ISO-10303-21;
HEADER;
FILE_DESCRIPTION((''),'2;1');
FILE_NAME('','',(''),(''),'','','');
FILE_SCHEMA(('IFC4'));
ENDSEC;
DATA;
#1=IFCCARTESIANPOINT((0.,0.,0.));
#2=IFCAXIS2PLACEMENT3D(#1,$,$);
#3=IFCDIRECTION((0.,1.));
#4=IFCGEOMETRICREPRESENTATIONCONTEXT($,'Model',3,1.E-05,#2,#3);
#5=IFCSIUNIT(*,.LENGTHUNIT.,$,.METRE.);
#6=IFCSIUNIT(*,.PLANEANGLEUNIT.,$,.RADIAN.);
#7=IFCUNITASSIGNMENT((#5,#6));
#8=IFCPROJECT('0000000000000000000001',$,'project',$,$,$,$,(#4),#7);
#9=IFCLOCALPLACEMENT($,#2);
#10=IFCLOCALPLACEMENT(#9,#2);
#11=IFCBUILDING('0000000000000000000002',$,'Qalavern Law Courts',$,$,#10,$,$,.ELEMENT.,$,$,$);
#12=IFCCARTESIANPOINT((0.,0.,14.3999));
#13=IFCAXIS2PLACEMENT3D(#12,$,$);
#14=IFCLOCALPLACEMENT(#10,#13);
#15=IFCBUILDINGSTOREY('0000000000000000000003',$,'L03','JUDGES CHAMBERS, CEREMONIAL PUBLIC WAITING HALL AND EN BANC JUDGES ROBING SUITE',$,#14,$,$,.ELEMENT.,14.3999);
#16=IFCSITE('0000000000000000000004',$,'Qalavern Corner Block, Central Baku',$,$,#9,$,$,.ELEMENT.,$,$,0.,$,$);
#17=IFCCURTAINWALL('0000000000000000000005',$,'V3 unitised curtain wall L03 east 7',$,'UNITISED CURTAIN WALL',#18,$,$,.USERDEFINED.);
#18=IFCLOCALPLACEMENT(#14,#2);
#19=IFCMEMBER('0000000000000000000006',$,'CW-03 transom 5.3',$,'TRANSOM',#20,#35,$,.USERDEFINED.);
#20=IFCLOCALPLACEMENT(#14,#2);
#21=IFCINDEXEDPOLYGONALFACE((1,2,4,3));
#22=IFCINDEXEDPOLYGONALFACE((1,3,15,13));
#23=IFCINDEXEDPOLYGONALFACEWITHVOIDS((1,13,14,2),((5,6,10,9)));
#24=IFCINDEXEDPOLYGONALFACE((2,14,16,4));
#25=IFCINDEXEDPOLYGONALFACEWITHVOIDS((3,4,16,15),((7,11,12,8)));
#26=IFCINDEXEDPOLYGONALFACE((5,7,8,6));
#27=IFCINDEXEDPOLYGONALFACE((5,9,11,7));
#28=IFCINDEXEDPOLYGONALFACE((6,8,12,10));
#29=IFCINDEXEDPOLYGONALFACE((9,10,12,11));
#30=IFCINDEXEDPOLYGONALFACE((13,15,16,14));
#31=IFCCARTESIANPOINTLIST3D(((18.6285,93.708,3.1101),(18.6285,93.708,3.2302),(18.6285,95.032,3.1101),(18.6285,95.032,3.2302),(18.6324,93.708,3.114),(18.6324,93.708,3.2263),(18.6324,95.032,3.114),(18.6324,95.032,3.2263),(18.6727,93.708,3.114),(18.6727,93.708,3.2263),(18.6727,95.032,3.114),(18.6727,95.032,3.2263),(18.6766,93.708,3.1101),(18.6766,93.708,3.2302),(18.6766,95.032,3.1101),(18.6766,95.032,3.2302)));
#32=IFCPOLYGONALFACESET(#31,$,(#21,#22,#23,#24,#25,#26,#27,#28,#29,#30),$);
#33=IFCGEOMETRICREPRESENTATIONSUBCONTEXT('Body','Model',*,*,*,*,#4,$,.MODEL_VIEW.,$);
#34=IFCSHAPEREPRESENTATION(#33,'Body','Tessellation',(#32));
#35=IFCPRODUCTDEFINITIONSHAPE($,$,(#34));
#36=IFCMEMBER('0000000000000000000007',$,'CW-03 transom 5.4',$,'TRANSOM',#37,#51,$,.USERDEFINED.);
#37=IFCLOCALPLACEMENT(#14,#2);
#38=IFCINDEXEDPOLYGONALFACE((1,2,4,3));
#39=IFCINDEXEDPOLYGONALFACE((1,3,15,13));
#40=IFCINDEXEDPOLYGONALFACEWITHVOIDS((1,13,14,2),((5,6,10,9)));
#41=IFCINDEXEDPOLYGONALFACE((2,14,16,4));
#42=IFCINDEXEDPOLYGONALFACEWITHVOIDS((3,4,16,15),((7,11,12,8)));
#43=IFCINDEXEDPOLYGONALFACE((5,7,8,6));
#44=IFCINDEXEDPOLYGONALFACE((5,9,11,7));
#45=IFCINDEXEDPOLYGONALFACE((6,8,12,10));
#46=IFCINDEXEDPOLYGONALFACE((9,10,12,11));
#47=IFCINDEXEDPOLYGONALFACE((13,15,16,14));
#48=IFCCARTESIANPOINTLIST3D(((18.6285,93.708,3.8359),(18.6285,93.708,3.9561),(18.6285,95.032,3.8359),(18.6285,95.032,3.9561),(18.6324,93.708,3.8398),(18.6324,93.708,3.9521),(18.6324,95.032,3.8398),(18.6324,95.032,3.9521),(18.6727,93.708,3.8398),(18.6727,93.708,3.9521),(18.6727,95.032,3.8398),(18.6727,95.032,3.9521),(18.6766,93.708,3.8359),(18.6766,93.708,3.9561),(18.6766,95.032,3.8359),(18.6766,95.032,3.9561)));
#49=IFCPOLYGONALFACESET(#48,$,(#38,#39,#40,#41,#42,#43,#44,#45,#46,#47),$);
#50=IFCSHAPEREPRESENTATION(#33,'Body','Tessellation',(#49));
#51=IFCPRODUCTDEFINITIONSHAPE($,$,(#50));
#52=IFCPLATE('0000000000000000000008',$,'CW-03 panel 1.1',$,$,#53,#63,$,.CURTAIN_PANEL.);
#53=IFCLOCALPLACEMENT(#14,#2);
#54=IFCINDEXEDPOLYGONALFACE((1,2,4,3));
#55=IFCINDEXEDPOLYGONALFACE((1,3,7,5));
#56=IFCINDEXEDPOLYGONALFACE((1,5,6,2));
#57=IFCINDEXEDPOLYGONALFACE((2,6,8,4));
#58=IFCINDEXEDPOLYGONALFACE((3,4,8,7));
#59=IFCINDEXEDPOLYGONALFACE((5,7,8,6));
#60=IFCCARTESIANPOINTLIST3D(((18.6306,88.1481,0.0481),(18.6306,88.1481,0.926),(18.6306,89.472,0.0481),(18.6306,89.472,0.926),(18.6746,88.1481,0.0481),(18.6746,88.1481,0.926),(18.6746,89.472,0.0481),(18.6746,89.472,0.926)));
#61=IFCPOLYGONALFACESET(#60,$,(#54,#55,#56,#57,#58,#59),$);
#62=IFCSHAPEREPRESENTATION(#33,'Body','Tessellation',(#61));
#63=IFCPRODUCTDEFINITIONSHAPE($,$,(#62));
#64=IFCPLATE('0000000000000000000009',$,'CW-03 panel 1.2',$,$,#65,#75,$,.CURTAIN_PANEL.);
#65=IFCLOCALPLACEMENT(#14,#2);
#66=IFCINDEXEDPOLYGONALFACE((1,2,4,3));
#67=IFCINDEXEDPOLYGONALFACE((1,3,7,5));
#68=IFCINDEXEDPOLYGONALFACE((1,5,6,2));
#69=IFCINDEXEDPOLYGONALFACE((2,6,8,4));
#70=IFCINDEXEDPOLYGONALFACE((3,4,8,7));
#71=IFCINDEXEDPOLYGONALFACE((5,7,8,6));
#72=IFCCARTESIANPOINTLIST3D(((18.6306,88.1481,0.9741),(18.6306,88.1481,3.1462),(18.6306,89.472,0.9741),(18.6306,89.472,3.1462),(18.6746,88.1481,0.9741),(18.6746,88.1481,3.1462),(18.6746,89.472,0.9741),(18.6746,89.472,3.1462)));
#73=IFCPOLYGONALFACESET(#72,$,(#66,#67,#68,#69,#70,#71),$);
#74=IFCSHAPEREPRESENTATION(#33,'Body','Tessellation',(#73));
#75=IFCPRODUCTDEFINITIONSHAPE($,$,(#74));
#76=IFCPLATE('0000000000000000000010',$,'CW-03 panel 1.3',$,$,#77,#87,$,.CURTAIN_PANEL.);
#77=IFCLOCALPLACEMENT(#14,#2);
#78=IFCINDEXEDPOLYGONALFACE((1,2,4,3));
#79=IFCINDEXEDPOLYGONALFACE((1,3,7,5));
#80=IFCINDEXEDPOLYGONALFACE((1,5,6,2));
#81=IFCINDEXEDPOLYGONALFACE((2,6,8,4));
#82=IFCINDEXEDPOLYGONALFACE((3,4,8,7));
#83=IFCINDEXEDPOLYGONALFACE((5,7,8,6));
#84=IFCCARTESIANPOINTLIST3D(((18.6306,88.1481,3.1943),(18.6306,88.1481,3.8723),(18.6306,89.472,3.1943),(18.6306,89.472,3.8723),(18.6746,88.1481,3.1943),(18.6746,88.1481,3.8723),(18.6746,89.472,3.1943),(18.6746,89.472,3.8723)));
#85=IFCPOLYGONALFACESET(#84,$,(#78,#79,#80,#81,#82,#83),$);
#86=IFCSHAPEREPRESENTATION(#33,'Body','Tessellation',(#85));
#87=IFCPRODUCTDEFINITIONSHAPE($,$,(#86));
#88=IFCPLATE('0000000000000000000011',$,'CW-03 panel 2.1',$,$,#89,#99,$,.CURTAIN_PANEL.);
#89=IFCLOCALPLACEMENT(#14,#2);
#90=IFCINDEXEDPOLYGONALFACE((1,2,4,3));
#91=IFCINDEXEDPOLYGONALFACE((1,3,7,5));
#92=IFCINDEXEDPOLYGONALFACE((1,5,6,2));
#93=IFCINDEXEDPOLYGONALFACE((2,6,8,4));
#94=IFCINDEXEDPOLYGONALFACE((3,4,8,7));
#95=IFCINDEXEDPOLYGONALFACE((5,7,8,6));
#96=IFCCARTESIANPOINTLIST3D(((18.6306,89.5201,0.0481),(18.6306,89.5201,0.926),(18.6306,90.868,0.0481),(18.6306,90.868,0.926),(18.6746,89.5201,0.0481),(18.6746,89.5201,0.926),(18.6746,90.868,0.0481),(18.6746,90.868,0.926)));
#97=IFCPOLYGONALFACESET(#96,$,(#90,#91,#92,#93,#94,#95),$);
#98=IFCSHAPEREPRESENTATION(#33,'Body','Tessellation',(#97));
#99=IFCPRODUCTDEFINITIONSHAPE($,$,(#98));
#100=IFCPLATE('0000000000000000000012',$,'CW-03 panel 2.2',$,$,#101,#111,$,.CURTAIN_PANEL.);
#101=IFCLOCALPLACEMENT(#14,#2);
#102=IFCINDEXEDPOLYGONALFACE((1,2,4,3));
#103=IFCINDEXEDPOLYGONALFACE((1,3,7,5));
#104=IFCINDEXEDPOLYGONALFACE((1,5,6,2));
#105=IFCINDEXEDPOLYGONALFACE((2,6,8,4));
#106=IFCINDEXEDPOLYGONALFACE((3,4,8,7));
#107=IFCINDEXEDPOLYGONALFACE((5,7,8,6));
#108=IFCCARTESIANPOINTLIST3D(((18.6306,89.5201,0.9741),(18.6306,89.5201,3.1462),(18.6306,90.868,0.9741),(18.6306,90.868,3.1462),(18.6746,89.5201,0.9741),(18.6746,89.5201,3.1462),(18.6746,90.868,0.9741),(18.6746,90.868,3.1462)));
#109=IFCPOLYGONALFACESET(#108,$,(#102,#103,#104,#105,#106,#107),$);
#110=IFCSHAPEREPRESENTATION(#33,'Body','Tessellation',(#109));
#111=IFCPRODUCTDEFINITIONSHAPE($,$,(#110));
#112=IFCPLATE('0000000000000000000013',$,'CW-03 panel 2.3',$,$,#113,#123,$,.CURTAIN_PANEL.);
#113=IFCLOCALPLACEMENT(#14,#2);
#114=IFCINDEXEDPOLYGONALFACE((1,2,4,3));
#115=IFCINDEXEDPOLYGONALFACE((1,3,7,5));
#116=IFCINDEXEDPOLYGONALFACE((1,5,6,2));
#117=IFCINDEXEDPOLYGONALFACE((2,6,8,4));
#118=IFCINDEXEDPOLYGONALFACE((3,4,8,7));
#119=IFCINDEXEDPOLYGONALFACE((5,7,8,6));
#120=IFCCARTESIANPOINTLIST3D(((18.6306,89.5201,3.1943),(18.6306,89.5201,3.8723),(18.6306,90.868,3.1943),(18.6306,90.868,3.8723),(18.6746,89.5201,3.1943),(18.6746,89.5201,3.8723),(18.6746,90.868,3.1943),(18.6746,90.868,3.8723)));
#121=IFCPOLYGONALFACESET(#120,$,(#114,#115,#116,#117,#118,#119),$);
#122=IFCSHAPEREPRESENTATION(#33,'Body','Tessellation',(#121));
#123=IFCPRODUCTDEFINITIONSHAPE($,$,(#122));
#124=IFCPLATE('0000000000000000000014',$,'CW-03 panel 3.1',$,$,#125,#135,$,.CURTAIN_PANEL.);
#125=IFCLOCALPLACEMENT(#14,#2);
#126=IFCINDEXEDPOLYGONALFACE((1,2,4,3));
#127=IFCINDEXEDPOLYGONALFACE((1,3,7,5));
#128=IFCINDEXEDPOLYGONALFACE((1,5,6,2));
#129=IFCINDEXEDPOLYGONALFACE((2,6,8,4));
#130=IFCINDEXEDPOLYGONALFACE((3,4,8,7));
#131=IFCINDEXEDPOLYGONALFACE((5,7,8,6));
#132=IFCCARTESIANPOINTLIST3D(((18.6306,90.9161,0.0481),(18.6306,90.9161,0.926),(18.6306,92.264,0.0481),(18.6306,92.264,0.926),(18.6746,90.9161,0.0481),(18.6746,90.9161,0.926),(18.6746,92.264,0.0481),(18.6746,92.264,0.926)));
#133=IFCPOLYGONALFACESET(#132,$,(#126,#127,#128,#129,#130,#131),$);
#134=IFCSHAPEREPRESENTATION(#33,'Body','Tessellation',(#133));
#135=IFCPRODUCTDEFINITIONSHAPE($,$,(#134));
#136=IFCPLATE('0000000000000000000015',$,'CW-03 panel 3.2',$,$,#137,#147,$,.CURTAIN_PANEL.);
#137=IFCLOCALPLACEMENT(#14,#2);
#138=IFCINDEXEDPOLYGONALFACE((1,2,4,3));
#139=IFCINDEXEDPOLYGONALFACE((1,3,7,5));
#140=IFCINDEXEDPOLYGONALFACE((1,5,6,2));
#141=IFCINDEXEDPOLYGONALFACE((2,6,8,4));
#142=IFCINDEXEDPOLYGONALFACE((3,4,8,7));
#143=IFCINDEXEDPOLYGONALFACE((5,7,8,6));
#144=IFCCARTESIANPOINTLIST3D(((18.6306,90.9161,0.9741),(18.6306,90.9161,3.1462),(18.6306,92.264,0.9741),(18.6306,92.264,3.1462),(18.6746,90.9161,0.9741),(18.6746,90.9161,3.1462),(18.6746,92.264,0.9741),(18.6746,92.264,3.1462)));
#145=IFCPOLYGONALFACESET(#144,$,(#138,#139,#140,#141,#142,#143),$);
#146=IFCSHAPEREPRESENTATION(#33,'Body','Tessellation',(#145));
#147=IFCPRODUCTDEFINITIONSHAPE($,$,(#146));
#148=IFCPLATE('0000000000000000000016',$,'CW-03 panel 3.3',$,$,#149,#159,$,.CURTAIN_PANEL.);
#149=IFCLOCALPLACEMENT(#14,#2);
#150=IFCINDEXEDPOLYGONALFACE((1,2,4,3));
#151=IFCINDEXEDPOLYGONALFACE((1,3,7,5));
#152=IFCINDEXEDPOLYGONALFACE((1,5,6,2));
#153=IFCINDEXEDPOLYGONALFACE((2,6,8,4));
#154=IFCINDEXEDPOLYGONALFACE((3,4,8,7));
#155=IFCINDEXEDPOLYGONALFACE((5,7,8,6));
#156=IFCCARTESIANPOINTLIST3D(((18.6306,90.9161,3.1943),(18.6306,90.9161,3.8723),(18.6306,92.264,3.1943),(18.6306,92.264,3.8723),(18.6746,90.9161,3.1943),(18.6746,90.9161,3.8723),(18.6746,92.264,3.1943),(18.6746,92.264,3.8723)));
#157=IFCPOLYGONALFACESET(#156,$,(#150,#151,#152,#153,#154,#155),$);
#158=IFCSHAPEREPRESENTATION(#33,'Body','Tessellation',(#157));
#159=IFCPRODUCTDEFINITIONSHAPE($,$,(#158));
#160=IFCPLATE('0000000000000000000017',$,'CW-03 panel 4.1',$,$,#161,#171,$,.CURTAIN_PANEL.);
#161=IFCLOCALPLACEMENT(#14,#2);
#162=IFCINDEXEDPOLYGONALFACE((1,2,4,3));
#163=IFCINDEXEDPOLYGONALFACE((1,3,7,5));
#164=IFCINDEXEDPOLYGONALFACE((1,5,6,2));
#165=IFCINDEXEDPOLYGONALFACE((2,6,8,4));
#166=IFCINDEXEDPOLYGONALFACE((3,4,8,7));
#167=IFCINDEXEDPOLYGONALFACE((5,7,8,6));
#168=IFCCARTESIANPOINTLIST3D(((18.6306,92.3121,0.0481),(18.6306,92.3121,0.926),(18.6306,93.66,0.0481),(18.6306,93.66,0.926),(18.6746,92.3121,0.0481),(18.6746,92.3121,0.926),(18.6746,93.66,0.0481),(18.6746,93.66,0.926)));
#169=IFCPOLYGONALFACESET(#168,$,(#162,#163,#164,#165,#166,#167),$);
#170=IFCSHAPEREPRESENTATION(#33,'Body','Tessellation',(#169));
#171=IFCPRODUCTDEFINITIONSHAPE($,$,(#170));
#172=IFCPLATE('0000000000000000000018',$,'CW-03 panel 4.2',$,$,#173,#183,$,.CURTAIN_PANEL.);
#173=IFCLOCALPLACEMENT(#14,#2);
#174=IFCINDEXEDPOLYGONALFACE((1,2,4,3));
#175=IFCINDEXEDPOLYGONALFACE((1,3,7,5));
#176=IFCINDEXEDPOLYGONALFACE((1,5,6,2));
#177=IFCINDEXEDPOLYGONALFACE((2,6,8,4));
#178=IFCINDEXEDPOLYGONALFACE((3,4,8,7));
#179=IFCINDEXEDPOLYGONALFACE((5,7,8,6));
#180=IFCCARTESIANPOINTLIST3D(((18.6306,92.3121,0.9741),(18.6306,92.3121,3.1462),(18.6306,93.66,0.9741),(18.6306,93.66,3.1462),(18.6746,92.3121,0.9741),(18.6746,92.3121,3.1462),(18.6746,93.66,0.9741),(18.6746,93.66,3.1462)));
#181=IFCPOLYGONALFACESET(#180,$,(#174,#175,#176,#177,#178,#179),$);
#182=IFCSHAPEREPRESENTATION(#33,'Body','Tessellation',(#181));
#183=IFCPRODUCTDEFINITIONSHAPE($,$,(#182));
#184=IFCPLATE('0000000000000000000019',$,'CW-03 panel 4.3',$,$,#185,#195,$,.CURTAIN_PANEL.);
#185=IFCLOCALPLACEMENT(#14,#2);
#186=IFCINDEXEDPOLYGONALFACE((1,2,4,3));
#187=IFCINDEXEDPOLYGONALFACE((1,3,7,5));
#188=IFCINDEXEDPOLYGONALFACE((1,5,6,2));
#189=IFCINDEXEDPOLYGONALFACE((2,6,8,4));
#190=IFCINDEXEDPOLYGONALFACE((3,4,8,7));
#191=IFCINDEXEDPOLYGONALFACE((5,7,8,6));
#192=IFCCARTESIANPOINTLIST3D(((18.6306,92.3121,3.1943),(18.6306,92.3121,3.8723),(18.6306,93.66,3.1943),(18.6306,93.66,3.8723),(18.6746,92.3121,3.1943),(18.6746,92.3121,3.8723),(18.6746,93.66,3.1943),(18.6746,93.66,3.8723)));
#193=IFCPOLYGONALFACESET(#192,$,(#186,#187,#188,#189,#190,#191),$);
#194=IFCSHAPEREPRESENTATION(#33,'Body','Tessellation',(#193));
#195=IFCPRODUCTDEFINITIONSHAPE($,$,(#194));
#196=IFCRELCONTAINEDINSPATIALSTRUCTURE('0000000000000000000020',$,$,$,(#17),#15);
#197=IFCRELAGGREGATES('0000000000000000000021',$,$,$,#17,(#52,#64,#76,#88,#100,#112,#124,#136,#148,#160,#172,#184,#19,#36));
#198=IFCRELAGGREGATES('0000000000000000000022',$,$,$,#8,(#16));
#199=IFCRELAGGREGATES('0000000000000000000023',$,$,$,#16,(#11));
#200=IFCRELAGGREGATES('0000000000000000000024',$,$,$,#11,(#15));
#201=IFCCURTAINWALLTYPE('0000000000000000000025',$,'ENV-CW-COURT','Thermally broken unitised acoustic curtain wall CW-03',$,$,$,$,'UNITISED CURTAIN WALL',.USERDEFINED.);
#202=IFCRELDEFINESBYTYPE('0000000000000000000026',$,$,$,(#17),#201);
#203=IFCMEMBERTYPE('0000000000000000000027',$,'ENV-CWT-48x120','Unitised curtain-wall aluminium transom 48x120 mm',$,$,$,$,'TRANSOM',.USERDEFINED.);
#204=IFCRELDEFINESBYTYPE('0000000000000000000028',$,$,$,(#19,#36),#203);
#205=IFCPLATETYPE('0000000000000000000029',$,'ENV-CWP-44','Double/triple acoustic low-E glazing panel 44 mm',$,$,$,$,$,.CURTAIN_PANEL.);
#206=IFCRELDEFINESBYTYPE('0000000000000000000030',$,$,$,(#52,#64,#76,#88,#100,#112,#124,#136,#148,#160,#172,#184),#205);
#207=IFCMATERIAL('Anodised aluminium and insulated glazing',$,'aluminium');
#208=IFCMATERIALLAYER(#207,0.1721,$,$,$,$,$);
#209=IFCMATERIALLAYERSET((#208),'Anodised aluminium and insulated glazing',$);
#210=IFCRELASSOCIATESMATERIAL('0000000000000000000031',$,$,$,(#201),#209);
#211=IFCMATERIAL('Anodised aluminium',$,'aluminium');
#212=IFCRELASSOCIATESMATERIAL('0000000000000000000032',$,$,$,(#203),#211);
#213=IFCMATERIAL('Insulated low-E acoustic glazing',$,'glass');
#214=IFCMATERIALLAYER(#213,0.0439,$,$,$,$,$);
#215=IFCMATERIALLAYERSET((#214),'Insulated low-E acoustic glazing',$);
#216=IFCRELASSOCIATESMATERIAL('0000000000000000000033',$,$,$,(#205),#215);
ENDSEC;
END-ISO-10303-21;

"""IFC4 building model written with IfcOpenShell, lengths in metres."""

from ifc_helpers import new_model, si_unit, direction, frame, origin, origin_2d, place, context, subcontext, project, spatial, rectangle, hollow_rectangle, extrude, material, layer, layer_set, material_profile, profile_set, type_object, element, aggregate, save


model = new_model("IFC4")

# Units and contexts
model_context = context("Model", 3, precision=1e-05, world=origin(), true_north=direction((0.0, 1.0)))
body_context = subcontext(model_context, "Body", "Model", "MODEL_VIEW")
ifc_project = project(units=[si_unit("LENGTHUNIT", "METRE"), si_unit("PLANEANGLEUNIT", "RADIAN")], contexts=[model_context])

# Site, building, storey
site_placement = place(None, origin())
site = spatial("IfcSite", under=ifc_project, at=site_placement, Name="Qalavern Corner Block, Central Baku", CompositionType="ELEMENT", RefElevation=0.0)
building_placement = place(site_placement, origin())
building = spatial("IfcBuilding", under=site, at=building_placement, Name="Qalavern Law Courts", CompositionType="ELEMENT")
storey_placement = place(building_placement, frame((0.0, 0.0, 14.3999)))
storey = spatial("IfcBuildingStorey", under=building, at=storey_placement, Name="L03", Description="JUDGES CHAMBERS, CEREMONIAL PUBLIC WAITING HALL AND EN BANC JUDGES ROBING SUITE", CompositionType="ELEMENT", Elevation=14.3999)

# Curtain wall, members, plates
ifc_material_1 = material(Name="Anodised aluminium and insulated glazing", Category="aluminium")
ifc_layer_1 = layer(ifc_material_1, 0.1721)
ifc_layer_set_1 = layer_set([ifc_layer_1], Name="Anodised aluminium and insulated glazing")
curtain_wall_type = type_object("IfcCurtainWallType", Name="ENV-CW-COURT", Description="Thermally broken unitised acoustic curtain wall CW-03", ElementType="UNITISED CURTAIN WALL", PredefinedType="USERDEFINED", material=ifc_layer_set_1)
curtain_wall_placement = place(storey_placement, origin())
curtain_wall = element("IfcCurtainWall", 1, at=curtain_wall_placement, inside=storey, type_object=curtain_wall_type, Name="V3 unitised curtain wall L03 east 7", ObjectType="UNITISED CURTAIN WALL", PredefinedType="USERDEFINED")
ifc_material_2 = material(Name="Anodised aluminium", Category="aluminium")
ifc_material_profile_1 = material_profile(ifc_material_2, hollow_rectangle(XDim=0.0481, YDim=0.1201, WallThickness=0.0039, at=origin_2d()), Name="ALU TRANSOM 48x120")
ifc_profile_set_1 = profile_set([ifc_material_profile_1], Name="Anodised aluminium")
member_type_1 = type_object("IfcMemberType", Name="ENV-CWT-48x120", Description="Unitised curtain-wall aluminium transom 48x120 mm", ElementType="TRANSOM", PredefinedType="USERDEFINED", material=ifc_profile_set_1)
member_1_placement = place(storey_placement, frame((18.6526, 93.708, 3.1702), z_axis=(0.0, 1.0, 0.0), x_axis=(-1.0, 0.0, 0.0)))
member_1 = element("IfcMember", 2, at=member_1_placement, type_object=member_type_1, Name="CW-03 transom 5.3", ObjectType="TRANSOM", PredefinedType="USERDEFINED", context=body_context, shape_type="SweptSolid", body=[
    extrude(hollow_rectangle(XDim=0.0481, YDim=0.1201, WallThickness=0.0039, at=origin_2d()), origin(), (0.0, 0.0, 1.0), 1.324),
])
member_2_placement = place(storey_placement, frame((18.6526, 93.708, 3.896), z_axis=(0.0, 1.0, 0.0), x_axis=(-1.0, 0.0, 0.0)))
member_2 = element("IfcMember", 3, at=member_2_placement, type_object=member_type_1, Name="CW-03 transom 5.4", ObjectType="TRANSOM", PredefinedType="USERDEFINED", context=body_context, shape_type="SweptSolid", body=[
    extrude(hollow_rectangle(XDim=0.0481, YDim=0.1201, WallThickness=0.0039, at=origin_2d()), origin(), (0.0, 0.0, 1.0), 1.324),
])
ifc_material_3 = material(Name="Insulated low-E acoustic glazing", Category="glass")
ifc_layer_2 = layer(ifc_material_3, 0.0439)
ifc_layer_set_2 = layer_set([ifc_layer_2], Name="Insulated low-E acoustic glazing")
plate_type = type_object("IfcPlateType", Name="ENV-CWP-44", Description="Double/triple acoustic low-E glazing panel 44 mm", PredefinedType="CURTAIN_PANEL", material=ifc_layer_set_2)
plate_1_placement = place(storey_placement, frame((18.6526, 88.8101, 0.0481), z_axis=(0.0, 0.0, 1.0), x_axis=(0.0, 1.0, 0.0)))
plate_1 = element("IfcPlate", 4, at=plate_1_placement, type_object=plate_type, Name="CW-03 panel 1.1", PredefinedType="CURTAIN_PANEL", context=body_context, shape_type="SweptSolid", body=[
    extrude(rectangle(XDim=1.324, YDim=0.0439, at=origin_2d()), origin(), (0.0, 0.0, 1.0), 0.8779),
])
plate_2_placement = place(storey_placement, frame((18.6526, 88.8101, 0.9741), z_axis=(0.0, 0.0, 1.0), x_axis=(0.0, 1.0, 0.0)))
plate_2 = element("IfcPlate", 5, at=plate_2_placement, type_object=plate_type, Name="CW-03 panel 1.2", PredefinedType="CURTAIN_PANEL", context=body_context, shape_type="SweptSolid", body=[
    extrude(rectangle(XDim=1.324, YDim=0.0439, at=origin_2d()), origin(), (0.0, 0.0, 1.0), 2.1721),
])
plate_3_placement = place(storey_placement, frame((18.6526, 88.8101, 3.1943), z_axis=(0.0, 0.0, 1.0), x_axis=(0.0, 1.0, 0.0)))
plate_3 = element("IfcPlate", 6, at=plate_3_placement, type_object=plate_type, Name="CW-03 panel 1.3", PredefinedType="CURTAIN_PANEL", context=body_context, shape_type="SweptSolid", body=[
    extrude(rectangle(XDim=1.324, YDim=0.0439, at=origin_2d()), origin(), (0.0, 0.0, 1.0), 0.678),
])
plate_4_placement = place(storey_placement, frame((18.6526, 90.1941, 0.0481), z_axis=(0.0, 0.0, 1.0), x_axis=(0.0, 1.0, 0.0)))
plate_4 = element("IfcPlate", 7, at=plate_4_placement, type_object=plate_type, Name="CW-03 panel 2.1", PredefinedType="CURTAIN_PANEL", context=body_context, shape_type="SweptSolid", body=[
    extrude(rectangle(XDim=1.3479, YDim=0.0439, at=origin_2d()), origin(), (0.0, 0.0, 1.0), 0.8779),
])
plate_5_placement = place(storey_placement, frame((18.6526, 90.1941, 0.9741), z_axis=(0.0, 0.0, 1.0), x_axis=(0.0, 1.0, 0.0)))
plate_5 = element("IfcPlate", 8, at=plate_5_placement, type_object=plate_type, Name="CW-03 panel 2.2", PredefinedType="CURTAIN_PANEL", context=body_context, shape_type="SweptSolid", body=[
    extrude(rectangle(XDim=1.3479, YDim=0.0439, at=origin_2d()), origin(), (0.0, 0.0, 1.0), 2.1721),
])
plate_6_placement = place(storey_placement, frame((18.6526, 90.1941, 3.1943), z_axis=(0.0, 0.0, 1.0), x_axis=(0.0, 1.0, 0.0)))
plate_6 = element("IfcPlate", 9, at=plate_6_placement, type_object=plate_type, Name="CW-03 panel 2.3", PredefinedType="CURTAIN_PANEL", context=body_context, shape_type="SweptSolid", body=[
    extrude(rectangle(XDim=1.3479, YDim=0.0439, at=origin_2d()), origin(), (0.0, 0.0, 1.0), 0.678),
])
plate_7_placement = place(storey_placement, frame((18.6526, 91.5901, 0.0481), z_axis=(0.0, 0.0, 1.0), x_axis=(0.0, 1.0, 0.0)))
plate_7 = element("IfcPlate", 10, at=plate_7_placement, type_object=plate_type, Name="CW-03 panel 3.1", PredefinedType="CURTAIN_PANEL", context=body_context, shape_type="SweptSolid", body=[
    extrude(rectangle(XDim=1.3479, YDim=0.0439, at=origin_2d()), origin(), (0.0, 0.0, 1.0), 0.8779),
])
plate_8_placement = place(storey_placement, frame((18.6526, 91.5901, 0.9741), z_axis=(0.0, 0.0, 1.0), x_axis=(0.0, 1.0, 0.0)))
plate_8 = element("IfcPlate", 11, at=plate_8_placement, type_object=plate_type, Name="CW-03 panel 3.2", PredefinedType="CURTAIN_PANEL", context=body_context, shape_type="SweptSolid", body=[
    extrude(rectangle(XDim=1.3479, YDim=0.0439, at=origin_2d()), origin(), (0.0, 0.0, 1.0), 2.1721),
])
plate_9_placement = place(storey_placement, frame((18.6526, 91.5901, 3.1943), z_axis=(0.0, 0.0, 1.0), x_axis=(0.0, 1.0, 0.0)))
plate_9 = element("IfcPlate", 12, at=plate_9_placement, type_object=plate_type, Name="CW-03 panel 3.3", PredefinedType="CURTAIN_PANEL", context=body_context, shape_type="SweptSolid", body=[
    extrude(rectangle(XDim=1.3479, YDim=0.0439, at=origin_2d()), origin(), (0.0, 0.0, 1.0), 0.678),
])
plate_10_placement = place(storey_placement, frame((18.6526, 92.9861, 0.0481), z_axis=(0.0, 0.0, 1.0), x_axis=(0.0, 1.0, 0.0)))
plate_10 = element("IfcPlate", 13, at=plate_10_placement, type_object=plate_type, Name="CW-03 panel 4.1", PredefinedType="CURTAIN_PANEL", context=body_context, shape_type="SweptSolid", body=[
    extrude(rectangle(XDim=1.3479, YDim=0.0439, at=origin_2d()), origin(), (0.0, 0.0, 1.0), 0.8779),
])
plate_11_placement = place(storey_placement, frame((18.6526, 92.9861, 0.9741), z_axis=(0.0, 0.0, 1.0), x_axis=(0.0, 1.0, 0.0)))
plate_11 = element("IfcPlate", 14, at=plate_11_placement, type_object=plate_type, Name="CW-03 panel 4.2", PredefinedType="CURTAIN_PANEL", context=body_context, shape_type="SweptSolid", body=[
    extrude(rectangle(XDim=1.3479, YDim=0.0439, at=origin_2d()), origin(), (0.0, 0.0, 1.0), 2.1721),
])
plate_12_placement = place(storey_placement, frame((18.6526, 92.9861, 3.1943), z_axis=(0.0, 0.0, 1.0), x_axis=(0.0, 1.0, 0.0)))
plate_12 = element("IfcPlate", 15, at=plate_12_placement, type_object=plate_type, Name="CW-03 panel 4.3", PredefinedType="CURTAIN_PANEL", context=body_context, shape_type="SweptSolid", body=[
    extrude(rectangle(XDim=1.3479, YDim=0.0439, at=origin_2d()), origin(), (0.0, 0.0, 1.0), 0.678),
])
aggregate(curtain_wall, [plate_1, plate_2, plate_3, plate_4, plate_5, plate_6, plate_7, plate_8, plate_9, plate_10, plate_11, plate_12, member_1, member_2])

save(model, "model.ifc")
